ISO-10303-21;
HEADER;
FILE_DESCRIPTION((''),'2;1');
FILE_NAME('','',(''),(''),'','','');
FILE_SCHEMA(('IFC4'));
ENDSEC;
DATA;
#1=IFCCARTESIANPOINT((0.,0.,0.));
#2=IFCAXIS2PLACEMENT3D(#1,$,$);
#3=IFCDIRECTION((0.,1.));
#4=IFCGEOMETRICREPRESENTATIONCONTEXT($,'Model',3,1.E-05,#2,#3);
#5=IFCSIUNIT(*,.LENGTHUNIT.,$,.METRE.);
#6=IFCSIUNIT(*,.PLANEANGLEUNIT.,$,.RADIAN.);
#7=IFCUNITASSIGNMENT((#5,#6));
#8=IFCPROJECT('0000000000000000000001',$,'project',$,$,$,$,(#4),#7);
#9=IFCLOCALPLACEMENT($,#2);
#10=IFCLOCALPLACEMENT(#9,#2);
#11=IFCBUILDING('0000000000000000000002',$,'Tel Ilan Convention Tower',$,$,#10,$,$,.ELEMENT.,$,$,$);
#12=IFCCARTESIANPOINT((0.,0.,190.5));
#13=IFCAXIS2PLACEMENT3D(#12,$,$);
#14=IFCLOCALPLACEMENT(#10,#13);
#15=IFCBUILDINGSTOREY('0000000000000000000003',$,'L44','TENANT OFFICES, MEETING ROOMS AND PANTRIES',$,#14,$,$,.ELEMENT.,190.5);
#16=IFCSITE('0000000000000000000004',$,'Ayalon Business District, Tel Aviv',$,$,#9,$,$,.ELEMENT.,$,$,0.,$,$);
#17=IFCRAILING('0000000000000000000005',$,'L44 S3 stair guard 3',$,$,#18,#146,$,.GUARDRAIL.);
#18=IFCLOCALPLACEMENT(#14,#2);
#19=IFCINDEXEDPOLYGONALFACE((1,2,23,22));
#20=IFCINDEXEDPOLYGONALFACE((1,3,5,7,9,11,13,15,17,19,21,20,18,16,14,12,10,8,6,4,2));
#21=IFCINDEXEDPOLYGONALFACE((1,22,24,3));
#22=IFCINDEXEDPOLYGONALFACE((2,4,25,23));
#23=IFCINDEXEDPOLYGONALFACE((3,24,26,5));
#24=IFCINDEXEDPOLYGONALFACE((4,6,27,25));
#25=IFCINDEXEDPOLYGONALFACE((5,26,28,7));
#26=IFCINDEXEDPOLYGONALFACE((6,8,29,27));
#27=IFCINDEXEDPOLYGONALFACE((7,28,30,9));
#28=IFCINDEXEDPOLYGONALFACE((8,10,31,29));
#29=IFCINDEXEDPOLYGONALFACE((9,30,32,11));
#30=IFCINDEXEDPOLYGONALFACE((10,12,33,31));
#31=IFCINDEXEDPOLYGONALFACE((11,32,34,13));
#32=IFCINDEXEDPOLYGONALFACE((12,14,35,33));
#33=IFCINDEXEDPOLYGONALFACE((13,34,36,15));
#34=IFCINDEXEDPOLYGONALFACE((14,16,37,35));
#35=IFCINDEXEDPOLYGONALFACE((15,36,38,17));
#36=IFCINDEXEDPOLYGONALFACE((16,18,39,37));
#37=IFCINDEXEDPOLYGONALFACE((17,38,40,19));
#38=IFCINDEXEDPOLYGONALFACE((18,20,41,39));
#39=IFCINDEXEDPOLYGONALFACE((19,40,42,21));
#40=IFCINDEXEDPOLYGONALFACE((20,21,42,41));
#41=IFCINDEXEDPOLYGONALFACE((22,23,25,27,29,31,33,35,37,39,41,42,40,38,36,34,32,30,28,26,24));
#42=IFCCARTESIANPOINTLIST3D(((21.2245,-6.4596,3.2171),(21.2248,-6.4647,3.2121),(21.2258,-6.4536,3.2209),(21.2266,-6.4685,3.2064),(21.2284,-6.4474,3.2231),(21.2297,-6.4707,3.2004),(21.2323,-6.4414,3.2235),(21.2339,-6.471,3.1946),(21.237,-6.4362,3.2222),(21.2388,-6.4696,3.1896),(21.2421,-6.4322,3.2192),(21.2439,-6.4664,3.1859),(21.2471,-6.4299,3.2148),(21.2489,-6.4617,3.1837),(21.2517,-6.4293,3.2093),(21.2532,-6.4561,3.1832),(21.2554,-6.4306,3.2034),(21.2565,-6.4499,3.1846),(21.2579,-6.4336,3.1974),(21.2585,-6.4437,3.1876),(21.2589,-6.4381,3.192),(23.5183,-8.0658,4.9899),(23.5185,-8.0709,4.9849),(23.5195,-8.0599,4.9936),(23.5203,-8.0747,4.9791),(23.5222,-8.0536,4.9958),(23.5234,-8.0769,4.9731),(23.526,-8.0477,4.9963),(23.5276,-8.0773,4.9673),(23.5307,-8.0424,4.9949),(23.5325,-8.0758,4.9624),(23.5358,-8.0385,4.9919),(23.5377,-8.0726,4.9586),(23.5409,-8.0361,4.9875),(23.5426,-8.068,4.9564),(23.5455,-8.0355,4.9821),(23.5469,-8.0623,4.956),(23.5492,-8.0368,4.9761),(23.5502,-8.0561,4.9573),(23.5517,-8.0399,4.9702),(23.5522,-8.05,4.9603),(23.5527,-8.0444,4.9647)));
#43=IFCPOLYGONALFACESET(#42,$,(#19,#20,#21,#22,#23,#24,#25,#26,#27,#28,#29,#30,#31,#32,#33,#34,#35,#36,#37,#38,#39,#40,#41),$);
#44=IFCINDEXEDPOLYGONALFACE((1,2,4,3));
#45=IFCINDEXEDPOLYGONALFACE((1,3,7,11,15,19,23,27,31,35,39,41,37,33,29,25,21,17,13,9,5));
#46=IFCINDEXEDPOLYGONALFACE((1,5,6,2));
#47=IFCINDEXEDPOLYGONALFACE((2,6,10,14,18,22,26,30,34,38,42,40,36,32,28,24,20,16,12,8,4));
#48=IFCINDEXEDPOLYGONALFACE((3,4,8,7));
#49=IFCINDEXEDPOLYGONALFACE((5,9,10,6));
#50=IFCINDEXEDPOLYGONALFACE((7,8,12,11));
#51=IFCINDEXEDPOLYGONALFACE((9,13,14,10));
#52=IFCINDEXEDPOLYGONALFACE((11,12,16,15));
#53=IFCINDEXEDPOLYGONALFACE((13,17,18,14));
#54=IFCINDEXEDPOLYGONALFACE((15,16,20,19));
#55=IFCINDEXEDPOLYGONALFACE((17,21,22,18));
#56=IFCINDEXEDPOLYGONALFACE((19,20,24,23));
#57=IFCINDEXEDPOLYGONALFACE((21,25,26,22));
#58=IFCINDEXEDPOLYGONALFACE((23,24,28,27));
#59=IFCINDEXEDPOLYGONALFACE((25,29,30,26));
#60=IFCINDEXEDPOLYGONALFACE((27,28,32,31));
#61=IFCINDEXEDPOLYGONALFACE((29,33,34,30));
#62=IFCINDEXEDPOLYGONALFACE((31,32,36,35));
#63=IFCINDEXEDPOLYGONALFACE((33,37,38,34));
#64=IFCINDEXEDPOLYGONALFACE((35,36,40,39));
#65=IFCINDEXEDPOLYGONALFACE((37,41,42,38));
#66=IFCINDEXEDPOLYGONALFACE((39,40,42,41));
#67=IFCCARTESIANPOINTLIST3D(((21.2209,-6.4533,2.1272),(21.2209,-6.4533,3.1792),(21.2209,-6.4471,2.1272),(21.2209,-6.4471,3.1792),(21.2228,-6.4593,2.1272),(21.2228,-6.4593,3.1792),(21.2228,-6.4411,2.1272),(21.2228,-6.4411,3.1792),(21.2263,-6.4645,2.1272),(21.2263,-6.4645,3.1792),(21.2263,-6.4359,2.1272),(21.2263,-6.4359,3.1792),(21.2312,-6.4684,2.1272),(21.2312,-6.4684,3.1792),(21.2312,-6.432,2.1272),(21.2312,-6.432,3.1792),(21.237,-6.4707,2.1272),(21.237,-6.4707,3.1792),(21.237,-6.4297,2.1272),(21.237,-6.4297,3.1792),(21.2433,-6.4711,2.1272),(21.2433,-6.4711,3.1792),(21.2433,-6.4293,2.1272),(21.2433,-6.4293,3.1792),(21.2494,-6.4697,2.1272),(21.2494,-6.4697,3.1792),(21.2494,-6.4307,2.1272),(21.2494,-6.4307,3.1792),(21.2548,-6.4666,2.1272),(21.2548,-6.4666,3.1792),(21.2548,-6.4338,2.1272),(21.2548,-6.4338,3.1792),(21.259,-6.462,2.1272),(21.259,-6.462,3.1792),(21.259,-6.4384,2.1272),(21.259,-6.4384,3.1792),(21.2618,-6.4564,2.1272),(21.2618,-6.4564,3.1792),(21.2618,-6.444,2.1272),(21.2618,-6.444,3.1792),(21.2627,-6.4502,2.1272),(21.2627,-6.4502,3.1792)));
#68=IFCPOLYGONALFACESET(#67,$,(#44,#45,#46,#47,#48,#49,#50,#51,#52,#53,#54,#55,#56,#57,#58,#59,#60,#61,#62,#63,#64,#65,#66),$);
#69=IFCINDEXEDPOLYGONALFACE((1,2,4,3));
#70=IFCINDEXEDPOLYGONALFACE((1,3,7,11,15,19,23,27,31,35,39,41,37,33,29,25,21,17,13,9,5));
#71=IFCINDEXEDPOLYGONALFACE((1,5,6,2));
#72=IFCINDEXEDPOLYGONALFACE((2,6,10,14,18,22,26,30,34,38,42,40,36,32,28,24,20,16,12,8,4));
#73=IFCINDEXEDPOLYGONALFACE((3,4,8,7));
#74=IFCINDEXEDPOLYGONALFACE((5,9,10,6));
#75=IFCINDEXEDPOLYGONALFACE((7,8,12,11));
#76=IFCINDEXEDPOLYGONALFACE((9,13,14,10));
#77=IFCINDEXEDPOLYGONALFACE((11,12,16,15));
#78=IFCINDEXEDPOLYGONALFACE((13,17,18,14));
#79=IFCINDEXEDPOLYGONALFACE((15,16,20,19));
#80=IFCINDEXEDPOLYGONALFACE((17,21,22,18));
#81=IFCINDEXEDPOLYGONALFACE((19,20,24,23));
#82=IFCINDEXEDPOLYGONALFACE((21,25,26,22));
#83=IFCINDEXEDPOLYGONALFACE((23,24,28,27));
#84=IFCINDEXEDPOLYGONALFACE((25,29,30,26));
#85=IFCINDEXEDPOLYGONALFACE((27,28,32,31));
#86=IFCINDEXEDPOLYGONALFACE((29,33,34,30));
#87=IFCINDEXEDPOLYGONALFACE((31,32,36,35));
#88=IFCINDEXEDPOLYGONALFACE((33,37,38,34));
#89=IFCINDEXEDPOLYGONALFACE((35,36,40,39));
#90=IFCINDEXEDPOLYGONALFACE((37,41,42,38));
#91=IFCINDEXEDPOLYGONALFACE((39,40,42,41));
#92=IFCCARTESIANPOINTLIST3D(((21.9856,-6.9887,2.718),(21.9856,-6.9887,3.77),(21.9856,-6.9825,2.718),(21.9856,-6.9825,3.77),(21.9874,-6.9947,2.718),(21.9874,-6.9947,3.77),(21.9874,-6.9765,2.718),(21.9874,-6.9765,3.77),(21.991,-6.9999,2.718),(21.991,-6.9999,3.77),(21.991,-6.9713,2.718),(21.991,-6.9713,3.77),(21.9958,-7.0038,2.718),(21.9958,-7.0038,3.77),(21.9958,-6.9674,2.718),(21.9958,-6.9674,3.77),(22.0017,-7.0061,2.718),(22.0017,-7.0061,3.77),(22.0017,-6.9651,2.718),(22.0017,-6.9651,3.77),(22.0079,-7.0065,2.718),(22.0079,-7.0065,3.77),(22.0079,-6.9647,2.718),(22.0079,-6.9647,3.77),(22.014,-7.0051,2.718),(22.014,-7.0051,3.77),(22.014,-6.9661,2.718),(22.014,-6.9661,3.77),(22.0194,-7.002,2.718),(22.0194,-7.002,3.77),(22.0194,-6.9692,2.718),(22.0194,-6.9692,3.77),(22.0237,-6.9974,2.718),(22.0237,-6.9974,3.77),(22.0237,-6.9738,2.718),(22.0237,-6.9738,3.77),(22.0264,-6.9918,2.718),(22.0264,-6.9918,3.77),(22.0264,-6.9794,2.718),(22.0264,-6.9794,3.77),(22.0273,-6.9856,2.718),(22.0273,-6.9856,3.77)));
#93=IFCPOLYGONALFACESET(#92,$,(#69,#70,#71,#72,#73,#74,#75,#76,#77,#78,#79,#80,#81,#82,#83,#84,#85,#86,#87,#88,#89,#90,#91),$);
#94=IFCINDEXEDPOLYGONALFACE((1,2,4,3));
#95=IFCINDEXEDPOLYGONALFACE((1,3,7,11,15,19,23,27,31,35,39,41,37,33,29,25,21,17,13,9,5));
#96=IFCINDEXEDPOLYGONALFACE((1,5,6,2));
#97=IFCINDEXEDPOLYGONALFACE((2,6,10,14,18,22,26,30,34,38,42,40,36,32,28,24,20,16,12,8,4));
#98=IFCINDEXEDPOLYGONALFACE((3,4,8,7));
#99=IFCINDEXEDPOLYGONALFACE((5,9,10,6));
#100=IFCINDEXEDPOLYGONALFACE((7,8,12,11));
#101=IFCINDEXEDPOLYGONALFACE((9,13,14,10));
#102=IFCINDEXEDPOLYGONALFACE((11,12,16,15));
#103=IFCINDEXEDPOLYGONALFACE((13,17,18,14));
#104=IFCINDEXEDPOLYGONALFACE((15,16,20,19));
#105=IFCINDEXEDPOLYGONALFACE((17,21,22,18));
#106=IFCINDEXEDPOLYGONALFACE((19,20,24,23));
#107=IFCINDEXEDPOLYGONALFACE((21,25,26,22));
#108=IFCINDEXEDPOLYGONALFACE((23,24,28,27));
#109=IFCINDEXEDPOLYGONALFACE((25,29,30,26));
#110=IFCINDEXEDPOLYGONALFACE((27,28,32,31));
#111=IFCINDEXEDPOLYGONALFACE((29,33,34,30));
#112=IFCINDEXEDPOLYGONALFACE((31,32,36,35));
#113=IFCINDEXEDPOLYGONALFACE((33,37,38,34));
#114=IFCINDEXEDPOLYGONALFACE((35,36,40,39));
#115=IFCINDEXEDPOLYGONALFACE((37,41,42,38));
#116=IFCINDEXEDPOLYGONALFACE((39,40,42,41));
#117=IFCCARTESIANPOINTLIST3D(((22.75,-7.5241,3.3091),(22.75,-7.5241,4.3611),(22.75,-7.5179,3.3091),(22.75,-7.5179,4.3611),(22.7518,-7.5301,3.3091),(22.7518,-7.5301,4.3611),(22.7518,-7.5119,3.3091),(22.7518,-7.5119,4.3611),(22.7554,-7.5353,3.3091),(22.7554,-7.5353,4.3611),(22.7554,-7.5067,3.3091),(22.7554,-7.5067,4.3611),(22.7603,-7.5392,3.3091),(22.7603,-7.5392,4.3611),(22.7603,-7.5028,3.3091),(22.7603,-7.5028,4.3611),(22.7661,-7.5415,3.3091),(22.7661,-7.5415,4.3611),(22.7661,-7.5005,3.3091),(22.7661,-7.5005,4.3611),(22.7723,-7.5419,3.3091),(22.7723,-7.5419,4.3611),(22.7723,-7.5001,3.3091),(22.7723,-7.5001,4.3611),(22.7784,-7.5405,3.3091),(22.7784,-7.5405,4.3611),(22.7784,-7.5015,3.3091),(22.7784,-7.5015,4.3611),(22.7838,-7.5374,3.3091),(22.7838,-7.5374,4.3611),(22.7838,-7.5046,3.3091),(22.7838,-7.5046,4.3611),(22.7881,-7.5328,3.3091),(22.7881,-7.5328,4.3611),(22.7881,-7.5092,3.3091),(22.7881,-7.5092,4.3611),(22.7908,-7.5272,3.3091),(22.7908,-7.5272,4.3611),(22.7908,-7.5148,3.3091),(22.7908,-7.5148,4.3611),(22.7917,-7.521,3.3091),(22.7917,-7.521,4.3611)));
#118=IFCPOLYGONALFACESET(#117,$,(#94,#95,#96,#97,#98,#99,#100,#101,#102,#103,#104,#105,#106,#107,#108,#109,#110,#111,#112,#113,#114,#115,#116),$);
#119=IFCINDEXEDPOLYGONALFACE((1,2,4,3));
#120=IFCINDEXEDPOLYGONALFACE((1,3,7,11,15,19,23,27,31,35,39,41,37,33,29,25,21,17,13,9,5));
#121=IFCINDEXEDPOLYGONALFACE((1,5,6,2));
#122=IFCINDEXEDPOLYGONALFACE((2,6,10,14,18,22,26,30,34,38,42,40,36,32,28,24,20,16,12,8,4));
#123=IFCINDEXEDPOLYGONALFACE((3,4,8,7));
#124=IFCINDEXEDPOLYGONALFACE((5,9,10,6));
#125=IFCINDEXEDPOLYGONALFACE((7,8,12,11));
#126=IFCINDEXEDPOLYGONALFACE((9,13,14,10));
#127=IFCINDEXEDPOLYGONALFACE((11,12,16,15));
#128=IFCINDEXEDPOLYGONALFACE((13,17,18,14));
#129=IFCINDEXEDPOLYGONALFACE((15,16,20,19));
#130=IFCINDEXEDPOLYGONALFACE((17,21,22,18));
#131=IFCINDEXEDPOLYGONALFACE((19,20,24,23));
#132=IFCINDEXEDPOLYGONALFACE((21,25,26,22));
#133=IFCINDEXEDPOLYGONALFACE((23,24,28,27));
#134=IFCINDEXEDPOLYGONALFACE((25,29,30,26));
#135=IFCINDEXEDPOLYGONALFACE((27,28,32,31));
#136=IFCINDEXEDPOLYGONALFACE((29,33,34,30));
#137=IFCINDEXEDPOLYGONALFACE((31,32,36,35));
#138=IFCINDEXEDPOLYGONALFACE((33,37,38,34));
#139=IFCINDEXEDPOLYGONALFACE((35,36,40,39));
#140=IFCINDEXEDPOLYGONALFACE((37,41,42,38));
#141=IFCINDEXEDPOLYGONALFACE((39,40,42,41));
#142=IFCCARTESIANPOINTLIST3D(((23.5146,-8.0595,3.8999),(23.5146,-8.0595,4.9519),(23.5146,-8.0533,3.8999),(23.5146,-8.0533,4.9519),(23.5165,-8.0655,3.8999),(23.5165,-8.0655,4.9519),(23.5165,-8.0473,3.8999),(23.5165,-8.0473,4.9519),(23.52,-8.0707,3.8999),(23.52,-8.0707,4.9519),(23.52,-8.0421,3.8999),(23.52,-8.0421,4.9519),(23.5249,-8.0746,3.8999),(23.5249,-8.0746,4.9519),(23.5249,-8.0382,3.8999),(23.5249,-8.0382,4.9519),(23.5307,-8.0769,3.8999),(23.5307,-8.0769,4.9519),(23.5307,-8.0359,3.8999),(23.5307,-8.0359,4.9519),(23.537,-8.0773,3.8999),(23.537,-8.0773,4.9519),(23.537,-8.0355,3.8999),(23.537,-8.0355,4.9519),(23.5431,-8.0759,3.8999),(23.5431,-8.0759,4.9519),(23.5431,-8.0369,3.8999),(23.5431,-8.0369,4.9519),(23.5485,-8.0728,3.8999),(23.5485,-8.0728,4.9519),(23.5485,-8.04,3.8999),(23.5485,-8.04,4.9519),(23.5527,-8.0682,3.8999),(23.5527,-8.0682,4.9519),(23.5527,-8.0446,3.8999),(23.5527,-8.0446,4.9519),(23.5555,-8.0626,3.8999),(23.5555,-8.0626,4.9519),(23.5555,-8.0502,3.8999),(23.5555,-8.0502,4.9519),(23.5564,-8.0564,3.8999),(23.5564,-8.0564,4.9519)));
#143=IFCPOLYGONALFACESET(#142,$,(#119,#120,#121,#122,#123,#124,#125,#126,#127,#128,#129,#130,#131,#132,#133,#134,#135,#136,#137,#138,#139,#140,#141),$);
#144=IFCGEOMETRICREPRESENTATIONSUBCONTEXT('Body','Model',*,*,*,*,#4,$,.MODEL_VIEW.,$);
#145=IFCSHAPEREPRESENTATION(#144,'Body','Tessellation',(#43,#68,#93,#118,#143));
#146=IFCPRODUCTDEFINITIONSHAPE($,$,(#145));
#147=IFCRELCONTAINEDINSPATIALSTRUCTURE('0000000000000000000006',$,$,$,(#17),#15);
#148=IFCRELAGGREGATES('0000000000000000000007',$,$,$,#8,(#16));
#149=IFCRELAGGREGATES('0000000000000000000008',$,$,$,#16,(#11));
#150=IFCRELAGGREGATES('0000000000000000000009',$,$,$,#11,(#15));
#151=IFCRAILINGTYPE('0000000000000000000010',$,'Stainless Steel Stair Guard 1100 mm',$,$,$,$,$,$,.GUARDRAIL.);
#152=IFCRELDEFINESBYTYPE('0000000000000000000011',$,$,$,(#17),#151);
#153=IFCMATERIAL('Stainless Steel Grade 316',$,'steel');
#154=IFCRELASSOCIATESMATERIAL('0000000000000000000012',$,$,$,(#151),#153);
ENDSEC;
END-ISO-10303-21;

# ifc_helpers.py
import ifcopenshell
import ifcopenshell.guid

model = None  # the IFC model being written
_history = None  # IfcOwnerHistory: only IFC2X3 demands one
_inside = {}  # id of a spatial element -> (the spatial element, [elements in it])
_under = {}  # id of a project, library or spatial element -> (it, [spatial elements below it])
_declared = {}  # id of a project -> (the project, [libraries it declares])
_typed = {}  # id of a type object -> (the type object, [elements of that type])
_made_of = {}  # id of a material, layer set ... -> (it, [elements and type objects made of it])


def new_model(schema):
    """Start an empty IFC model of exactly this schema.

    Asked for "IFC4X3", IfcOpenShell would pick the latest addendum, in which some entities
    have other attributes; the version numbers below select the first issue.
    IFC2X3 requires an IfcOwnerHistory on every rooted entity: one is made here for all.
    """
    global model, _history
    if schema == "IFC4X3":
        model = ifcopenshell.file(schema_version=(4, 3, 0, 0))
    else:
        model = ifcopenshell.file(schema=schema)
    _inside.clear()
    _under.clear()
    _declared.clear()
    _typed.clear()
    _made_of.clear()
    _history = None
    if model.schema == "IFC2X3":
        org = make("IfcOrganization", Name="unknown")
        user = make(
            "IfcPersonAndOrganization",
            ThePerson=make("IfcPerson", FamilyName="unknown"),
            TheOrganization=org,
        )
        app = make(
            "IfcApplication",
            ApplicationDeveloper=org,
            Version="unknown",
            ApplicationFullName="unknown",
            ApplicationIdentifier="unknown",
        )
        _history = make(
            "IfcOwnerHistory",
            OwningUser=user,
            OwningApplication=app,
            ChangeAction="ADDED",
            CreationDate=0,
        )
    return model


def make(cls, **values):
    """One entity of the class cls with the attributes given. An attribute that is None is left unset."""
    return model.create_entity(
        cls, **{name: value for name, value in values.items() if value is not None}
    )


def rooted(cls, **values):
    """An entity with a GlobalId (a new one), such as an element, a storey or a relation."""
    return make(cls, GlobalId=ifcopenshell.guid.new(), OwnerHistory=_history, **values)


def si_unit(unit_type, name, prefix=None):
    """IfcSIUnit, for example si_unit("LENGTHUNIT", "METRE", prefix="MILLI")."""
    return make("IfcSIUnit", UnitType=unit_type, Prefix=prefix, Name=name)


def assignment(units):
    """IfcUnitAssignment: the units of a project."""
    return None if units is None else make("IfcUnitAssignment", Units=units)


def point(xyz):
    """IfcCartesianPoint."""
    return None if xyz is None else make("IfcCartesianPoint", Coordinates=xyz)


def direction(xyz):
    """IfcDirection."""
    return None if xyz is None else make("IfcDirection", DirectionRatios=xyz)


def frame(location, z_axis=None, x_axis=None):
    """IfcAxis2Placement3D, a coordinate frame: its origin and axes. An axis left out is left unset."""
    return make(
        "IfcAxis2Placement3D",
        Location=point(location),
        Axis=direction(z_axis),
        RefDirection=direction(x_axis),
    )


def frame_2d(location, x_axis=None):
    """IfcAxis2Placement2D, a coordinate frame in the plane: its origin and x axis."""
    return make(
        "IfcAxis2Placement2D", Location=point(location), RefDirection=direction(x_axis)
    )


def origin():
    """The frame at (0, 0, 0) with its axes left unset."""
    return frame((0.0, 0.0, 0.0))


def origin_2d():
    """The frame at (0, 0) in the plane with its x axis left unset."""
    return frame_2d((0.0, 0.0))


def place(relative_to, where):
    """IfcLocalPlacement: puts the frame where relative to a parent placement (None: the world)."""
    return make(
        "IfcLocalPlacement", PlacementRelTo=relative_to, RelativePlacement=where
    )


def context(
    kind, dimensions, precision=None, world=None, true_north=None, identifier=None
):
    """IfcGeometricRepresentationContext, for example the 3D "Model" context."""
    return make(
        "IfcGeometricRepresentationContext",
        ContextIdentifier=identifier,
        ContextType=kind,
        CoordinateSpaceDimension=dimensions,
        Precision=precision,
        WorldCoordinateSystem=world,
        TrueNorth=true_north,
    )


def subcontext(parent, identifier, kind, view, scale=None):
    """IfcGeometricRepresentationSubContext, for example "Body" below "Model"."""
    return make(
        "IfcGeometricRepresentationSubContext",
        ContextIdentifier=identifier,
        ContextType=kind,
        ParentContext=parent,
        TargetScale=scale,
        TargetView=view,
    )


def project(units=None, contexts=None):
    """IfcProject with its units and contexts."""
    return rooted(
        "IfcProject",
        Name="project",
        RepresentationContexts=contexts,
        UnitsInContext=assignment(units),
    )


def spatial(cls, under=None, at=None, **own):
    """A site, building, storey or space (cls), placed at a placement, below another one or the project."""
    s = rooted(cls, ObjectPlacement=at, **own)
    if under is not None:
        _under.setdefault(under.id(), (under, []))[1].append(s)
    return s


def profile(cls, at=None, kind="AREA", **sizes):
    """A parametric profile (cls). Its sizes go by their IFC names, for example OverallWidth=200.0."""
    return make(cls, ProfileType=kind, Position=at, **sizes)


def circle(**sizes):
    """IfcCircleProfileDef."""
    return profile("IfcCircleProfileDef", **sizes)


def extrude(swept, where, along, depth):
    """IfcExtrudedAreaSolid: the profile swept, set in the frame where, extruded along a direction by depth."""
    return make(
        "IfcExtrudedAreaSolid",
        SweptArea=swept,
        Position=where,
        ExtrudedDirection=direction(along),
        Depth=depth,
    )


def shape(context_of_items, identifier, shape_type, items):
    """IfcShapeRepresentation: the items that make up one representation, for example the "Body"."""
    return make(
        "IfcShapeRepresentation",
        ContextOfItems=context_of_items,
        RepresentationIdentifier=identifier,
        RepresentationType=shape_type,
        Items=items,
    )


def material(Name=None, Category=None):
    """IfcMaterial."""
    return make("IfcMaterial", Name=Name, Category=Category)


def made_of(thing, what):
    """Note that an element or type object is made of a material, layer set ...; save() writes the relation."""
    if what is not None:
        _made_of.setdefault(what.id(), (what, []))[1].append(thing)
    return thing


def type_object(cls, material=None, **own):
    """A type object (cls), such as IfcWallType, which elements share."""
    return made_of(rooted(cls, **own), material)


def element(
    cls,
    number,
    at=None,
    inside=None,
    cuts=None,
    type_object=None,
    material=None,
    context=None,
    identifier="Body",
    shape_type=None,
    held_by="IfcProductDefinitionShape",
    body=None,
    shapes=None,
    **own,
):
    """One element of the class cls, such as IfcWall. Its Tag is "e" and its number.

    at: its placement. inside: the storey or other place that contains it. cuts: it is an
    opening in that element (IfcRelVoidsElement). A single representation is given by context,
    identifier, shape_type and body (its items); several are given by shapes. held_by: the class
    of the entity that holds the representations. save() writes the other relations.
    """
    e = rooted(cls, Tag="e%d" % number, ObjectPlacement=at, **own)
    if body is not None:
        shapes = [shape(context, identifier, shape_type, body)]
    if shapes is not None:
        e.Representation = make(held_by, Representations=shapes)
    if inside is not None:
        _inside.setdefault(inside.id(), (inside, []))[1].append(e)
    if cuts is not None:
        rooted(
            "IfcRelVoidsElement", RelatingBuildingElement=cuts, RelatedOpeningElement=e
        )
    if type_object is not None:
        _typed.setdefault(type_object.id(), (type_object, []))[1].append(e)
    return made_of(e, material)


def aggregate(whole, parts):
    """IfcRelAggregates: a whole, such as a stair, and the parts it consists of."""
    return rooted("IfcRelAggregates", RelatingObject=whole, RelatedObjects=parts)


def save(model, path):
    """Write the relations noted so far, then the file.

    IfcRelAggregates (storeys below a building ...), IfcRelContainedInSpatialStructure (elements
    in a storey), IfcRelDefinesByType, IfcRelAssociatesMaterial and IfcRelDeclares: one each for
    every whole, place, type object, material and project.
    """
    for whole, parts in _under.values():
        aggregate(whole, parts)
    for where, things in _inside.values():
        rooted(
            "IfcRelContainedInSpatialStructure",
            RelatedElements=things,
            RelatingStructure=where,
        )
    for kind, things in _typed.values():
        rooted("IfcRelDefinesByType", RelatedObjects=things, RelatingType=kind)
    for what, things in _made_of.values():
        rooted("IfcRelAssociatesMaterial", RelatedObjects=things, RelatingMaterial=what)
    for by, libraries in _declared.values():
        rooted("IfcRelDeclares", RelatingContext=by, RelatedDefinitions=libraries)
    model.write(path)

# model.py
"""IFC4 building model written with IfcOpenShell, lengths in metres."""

from ifc_helpers import new_model, si_unit, direction, frame, origin, origin_2d, place, context, subcontext, project, spatial, circle, extrude, material, type_object, element, save


model = new_model("IFC4")

# Units and contexts
model_context = context("Model", 3, precision=1e-05, world=origin(), true_north=direction((0.0, 1.0)))
body_context = subcontext(model_context, "Body", "Model", "MODEL_VIEW")
ifc_project = project(units=[si_unit("LENGTHUNIT", "METRE"), si_unit("PLANEANGLEUNIT", "RADIAN")], contexts=[model_context])

# Site, building, storey
site_placement = place(None, origin())
site = spatial("IfcSite", under=ifc_project, at=site_placement, Name="Ayalon Business District, Tel Aviv", CompositionType="ELEMENT", RefElevation=0.0)
building_placement = place(site_placement, origin())
building = spatial("IfcBuilding", under=site, at=building_placement, Name="Tel Ilan Convention Tower", CompositionType="ELEMENT")
storey_placement = place(building_placement, frame((0.0, 0.0, 190.5)))
storey = spatial("IfcBuildingStorey", under=building, at=storey_placement, Name="L44", Description="TENANT OFFICES, MEETING ROOMS AND PANTRIES", CompositionType="ELEMENT", Elevation=190.5)

# Railing
ifc_material_1 = material(Name="Stainless Steel Grade 316", Category="steel")
railing_type_1 = type_object("IfcRailingType", Name="Stainless Steel Stair Guard 1100 mm", PredefinedType="GUARDRAIL", material=ifc_material_1)
railing_1_placement = place(storey_placement, frame((21.2417, -6.4502, 2.1272)))
element("IfcRailing", 1, at=railing_1_placement, inside=storey, type_object=railing_type_1, Name="L44 S3 stair guard 3", PredefinedType="GUARDRAIL", context=body_context, shape_type="SweptSolid", body=[
    extrude(circle(Radius=0.0239, at=origin_2d()), frame((0.0, 0.0, 1.0762), z_axis=(0.692098, -0.484653, 0.534894), x_axis=(0.573609, 0.81913, 0.0)), (0.0, 0.0, 1.0), 3.3142),
    extrude(circle(Radius=0.021, at=origin_2d()), origin(), (0.0, 0.0, 1.0), 1.052),
    extrude(circle(Radius=0.021, at=origin_2d()), frame((0.7646, -0.5354, 0.5908)), (0.0, 0.0, 1.0), 1.052),
    extrude(circle(Radius=0.021, at=origin_2d()), frame((1.5291, -1.0708, 1.1819)), (0.0, 0.0, 1.0), 1.052),
    extrude(circle(Radius=0.021, at=origin_2d()), frame((2.2937, -1.6062, 1.7727)), (0.0, 0.0, 1.0), 1.052),
])

save(model, "model.ifc")
